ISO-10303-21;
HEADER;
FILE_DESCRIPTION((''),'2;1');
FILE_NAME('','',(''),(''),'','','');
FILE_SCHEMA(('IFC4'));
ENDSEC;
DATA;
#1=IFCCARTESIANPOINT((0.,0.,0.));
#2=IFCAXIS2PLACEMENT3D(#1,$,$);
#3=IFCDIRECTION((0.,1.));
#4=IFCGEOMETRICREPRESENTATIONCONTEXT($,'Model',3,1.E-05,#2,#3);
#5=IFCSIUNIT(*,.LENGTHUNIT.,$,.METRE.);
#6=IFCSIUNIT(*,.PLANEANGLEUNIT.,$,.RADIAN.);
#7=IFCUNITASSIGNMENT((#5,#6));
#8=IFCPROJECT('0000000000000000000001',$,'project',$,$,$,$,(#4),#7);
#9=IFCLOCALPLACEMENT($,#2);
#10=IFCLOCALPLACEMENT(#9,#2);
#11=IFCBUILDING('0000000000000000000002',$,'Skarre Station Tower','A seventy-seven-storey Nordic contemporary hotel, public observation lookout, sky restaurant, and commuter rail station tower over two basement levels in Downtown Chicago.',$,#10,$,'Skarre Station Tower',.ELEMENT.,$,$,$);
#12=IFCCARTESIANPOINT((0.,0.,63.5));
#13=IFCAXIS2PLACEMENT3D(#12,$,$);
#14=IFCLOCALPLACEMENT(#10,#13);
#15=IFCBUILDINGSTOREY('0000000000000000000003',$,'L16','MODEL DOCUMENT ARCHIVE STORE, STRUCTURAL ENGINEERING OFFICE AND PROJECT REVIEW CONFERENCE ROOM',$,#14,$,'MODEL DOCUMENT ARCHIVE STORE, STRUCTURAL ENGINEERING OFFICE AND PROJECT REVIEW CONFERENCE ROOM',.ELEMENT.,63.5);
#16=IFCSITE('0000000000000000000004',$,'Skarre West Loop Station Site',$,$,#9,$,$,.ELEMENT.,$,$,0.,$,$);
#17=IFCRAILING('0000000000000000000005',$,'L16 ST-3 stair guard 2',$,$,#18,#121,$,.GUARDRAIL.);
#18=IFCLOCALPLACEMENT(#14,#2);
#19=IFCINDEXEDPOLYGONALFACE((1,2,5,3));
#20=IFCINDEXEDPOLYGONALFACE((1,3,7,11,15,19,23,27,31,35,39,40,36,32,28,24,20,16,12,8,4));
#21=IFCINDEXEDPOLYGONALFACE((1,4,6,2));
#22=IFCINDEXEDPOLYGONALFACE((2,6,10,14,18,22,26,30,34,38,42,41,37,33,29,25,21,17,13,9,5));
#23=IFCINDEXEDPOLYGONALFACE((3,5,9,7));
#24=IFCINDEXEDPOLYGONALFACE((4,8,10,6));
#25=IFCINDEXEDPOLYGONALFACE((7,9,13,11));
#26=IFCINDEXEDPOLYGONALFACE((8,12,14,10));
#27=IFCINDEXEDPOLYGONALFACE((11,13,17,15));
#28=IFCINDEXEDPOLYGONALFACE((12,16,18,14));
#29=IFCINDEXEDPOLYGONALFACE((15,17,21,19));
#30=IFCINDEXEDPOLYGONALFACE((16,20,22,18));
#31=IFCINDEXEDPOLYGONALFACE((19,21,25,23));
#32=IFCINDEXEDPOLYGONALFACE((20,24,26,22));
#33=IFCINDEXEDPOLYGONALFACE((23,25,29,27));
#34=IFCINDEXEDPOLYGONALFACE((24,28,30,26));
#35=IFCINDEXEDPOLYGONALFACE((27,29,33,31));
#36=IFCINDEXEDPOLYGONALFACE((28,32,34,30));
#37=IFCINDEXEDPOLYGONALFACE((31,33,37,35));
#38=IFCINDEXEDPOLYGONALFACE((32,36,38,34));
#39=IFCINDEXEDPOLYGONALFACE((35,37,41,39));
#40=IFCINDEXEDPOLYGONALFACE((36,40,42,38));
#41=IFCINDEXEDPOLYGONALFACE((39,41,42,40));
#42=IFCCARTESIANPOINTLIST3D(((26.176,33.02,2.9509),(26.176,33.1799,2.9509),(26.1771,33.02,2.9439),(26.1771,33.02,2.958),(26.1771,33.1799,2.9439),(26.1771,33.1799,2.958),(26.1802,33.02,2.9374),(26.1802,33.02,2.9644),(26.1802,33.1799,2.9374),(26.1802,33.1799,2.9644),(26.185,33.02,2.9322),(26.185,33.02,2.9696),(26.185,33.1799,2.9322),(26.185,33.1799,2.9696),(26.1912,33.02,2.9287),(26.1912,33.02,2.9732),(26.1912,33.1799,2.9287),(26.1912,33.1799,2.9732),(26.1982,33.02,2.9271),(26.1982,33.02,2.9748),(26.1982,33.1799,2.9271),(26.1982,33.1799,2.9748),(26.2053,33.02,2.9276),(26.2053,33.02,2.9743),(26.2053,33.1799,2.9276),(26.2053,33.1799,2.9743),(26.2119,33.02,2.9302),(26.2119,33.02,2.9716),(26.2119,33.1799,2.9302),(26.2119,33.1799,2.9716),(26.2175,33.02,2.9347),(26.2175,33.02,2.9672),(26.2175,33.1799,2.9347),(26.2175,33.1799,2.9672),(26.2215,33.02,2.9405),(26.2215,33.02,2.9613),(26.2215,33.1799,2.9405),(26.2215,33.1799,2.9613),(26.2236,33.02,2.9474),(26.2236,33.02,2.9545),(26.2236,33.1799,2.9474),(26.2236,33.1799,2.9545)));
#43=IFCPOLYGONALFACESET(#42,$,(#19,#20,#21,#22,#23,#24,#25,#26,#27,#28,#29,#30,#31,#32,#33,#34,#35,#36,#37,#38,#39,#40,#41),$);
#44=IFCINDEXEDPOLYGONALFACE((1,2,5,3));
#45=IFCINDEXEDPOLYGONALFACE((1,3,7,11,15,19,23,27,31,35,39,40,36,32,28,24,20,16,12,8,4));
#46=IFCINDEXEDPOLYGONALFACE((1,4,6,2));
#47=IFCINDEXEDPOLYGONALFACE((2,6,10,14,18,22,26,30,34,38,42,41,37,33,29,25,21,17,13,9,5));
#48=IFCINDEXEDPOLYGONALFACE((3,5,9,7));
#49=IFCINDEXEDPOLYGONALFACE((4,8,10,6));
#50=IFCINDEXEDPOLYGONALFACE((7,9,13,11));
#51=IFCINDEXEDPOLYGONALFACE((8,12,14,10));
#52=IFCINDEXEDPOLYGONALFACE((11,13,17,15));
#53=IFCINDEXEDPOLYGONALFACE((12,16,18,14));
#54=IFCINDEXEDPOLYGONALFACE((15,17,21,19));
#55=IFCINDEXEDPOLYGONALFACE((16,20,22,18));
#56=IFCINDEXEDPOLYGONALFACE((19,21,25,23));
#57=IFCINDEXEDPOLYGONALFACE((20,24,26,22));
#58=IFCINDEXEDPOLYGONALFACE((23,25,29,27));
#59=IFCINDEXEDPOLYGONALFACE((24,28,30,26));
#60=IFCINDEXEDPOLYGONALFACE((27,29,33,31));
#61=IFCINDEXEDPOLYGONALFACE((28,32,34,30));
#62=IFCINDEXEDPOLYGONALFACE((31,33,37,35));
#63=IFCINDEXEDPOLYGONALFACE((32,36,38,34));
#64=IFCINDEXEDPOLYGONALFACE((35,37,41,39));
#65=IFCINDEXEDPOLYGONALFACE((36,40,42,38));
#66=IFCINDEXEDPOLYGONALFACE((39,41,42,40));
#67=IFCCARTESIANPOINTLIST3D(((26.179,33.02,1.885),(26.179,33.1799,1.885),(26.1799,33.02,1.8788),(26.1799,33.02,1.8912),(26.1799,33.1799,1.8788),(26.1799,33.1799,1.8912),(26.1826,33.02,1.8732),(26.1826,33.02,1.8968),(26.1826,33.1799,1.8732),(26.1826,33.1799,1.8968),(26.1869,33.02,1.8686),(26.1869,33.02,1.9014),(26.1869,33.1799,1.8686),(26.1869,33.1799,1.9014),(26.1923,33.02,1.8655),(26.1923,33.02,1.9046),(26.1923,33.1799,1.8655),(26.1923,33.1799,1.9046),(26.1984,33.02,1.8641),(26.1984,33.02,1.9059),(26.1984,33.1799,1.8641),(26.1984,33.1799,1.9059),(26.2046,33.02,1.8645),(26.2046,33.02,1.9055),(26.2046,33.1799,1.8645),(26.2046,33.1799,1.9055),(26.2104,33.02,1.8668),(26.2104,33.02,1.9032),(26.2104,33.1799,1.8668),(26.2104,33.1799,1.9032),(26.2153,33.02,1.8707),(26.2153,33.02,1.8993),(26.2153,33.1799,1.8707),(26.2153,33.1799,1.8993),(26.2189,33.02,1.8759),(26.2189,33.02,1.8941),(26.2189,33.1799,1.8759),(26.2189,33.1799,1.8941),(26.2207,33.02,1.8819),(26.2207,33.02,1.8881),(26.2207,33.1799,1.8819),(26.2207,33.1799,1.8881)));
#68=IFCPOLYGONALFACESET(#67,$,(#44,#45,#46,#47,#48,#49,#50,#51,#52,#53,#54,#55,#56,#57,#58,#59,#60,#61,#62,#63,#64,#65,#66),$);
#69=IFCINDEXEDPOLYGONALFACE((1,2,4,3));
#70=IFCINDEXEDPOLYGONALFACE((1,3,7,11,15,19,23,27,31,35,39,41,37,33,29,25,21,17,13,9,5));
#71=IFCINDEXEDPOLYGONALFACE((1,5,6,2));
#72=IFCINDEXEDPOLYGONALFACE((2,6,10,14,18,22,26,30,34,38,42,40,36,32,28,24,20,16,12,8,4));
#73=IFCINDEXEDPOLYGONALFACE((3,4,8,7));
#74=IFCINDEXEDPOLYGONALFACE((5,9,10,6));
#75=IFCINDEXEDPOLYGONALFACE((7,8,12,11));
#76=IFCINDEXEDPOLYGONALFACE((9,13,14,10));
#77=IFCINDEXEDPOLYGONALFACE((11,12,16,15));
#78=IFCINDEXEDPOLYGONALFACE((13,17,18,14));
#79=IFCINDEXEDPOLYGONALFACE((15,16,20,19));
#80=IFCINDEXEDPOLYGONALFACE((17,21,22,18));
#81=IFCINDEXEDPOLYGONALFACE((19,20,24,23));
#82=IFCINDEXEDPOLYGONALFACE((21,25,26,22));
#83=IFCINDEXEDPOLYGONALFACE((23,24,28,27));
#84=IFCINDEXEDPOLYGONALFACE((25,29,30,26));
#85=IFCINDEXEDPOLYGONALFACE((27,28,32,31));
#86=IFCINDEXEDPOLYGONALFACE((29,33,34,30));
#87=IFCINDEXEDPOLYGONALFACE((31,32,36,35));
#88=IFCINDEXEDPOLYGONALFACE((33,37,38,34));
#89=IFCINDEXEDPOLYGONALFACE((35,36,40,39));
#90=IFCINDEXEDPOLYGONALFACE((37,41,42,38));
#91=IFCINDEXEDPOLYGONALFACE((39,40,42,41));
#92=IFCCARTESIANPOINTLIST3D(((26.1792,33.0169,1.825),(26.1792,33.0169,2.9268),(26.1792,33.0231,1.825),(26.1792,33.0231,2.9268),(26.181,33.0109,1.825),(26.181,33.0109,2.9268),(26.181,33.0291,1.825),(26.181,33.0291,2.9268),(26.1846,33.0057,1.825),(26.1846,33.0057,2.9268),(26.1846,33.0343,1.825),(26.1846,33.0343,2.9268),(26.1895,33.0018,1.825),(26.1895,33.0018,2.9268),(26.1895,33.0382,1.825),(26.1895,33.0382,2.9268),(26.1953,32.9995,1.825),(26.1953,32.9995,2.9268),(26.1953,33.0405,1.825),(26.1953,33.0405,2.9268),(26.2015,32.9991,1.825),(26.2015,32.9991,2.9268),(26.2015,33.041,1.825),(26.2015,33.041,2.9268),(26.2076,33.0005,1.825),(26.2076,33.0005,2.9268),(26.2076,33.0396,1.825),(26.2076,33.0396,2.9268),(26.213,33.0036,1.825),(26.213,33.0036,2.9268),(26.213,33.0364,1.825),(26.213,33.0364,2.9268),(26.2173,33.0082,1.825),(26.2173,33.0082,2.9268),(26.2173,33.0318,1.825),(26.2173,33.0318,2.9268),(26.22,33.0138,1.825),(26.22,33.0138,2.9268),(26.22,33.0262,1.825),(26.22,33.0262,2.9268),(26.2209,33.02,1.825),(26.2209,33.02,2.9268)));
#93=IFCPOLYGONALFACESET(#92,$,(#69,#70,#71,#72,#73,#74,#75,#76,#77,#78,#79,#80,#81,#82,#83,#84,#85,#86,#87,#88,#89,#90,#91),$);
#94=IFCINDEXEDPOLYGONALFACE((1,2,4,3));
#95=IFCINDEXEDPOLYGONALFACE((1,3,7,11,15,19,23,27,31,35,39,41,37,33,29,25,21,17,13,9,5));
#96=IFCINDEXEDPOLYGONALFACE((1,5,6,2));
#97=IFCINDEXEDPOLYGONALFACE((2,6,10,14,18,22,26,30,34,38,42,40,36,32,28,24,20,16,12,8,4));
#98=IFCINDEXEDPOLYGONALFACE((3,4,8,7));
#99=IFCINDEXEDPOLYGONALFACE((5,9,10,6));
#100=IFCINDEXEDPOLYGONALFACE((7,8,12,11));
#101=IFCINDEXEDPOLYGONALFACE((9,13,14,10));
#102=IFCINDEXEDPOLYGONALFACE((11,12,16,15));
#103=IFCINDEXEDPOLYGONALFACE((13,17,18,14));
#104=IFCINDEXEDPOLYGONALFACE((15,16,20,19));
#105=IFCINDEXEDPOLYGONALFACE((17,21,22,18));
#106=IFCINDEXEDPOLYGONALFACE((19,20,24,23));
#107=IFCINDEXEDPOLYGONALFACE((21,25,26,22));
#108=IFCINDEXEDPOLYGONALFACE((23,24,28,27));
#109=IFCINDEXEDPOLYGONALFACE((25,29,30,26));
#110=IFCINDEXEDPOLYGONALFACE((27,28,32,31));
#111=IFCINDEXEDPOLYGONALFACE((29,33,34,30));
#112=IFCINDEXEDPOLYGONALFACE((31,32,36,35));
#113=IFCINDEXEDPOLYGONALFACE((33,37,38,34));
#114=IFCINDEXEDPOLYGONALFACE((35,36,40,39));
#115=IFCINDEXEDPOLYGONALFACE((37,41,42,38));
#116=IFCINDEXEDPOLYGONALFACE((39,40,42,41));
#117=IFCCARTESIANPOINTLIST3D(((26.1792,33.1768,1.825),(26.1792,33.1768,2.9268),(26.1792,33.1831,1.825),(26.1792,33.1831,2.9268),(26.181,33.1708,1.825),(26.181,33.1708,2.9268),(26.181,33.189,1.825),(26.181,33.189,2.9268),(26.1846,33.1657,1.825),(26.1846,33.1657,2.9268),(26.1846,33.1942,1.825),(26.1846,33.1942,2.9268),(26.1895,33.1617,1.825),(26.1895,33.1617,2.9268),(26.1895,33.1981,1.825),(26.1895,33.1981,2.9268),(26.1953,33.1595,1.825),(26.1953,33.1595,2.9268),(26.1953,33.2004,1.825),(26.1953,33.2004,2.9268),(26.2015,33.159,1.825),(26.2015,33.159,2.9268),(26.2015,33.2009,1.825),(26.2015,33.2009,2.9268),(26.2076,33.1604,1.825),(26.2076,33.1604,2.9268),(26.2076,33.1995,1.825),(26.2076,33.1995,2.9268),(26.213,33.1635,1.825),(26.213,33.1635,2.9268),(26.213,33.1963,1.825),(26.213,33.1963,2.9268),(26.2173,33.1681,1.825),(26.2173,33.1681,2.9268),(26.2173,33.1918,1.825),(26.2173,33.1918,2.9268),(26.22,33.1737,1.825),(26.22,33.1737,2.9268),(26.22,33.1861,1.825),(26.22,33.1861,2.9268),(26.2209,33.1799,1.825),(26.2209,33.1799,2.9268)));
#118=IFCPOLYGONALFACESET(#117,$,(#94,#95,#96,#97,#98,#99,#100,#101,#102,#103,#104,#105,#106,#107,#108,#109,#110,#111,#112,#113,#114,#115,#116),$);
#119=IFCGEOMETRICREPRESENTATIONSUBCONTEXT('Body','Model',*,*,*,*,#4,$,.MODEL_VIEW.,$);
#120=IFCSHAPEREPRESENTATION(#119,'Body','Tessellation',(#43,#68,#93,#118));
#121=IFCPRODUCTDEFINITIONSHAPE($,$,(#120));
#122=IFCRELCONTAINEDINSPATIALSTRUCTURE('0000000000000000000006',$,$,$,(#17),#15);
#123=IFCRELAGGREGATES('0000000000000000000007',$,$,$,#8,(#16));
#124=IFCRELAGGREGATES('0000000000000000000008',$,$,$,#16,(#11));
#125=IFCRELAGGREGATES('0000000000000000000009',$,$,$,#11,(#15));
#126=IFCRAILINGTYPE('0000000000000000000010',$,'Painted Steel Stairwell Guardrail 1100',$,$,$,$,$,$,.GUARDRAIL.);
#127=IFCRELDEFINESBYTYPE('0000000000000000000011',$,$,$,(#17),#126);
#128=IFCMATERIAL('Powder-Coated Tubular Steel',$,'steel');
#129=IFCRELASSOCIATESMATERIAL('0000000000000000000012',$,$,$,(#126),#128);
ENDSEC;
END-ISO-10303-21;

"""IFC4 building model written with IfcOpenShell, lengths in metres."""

from ifc_helpers import new_model, si_unit, direction, frame, origin, origin_2d, place, context, subcontext, project, spatial, circle, extrude, material, type_object, element, save


model = new_model("IFC4")

# Units and contexts
model_context = context("Model", 3, precision=1e-05, world=origin(), true_north=direction((0.0, 1.0)))
body_context = subcontext(model_context, "Body", "Model", "MODEL_VIEW")
ifc_project = project(units=[si_unit("LENGTHUNIT", "METRE"), si_unit("PLANEANGLEUNIT", "RADIAN")], contexts=[model_context])

# Site, building, storey
site_placement = place(None, origin())
site = spatial("IfcSite", under=ifc_project, at=site_placement, Name="Skarre West Loop Station Site", CompositionType="ELEMENT", RefElevation=0.0)
building_placement = place(site_placement, origin())
building = spatial("IfcBuilding", under=site, at=building_placement, Name="Skarre Station Tower", Description="A seventy-seven-storey Nordic contemporary hotel, public observation lookout, sky restaurant, and commuter rail station tower over two basement levels in Downtown Chicago.", LongName="Skarre Station Tower", CompositionType="ELEMENT")
storey_placement = place(building_placement, frame((0.0, 0.0, 63.5)))
storey = spatial("IfcBuildingStorey", under=building, at=storey_placement, Name="L16", Description="MODEL DOCUMENT ARCHIVE STORE, STRUCTURAL ENGINEERING OFFICE AND PROJECT REVIEW CONFERENCE ROOM", LongName="MODEL DOCUMENT ARCHIVE STORE, STRUCTURAL ENGINEERING OFFICE AND PROJECT REVIEW CONFERENCE ROOM", CompositionType="ELEMENT", Elevation=63.5)

# Railing
ifc_material_1 = material(Name="Powder-Coated Tubular Steel", Category="steel")
railing_type_1 = type_object("IfcRailingType", Name="Painted Steel Stairwell Guardrail 1100", PredefinedType="GUARDRAIL", material=ifc_material_1)
railing_1_placement = place(storey_placement, frame((26.2, 33.02, 1.825)))
element("IfcRailing", 1, at=railing_1_placement, inside=storey, type_object=railing_type_1, Name="L16 ST-3 stair guard 2", PredefinedType="GUARDRAIL", context=body_context, shape_type="SweptSolid", body=[
    extrude(circle(Radius=0.0239, at=origin_2d()), frame((0.0, 0.0, 1.126), z_axis=(0.0, 1.0, 0.0), x_axis=(-1.0, 0.0, 0.0)), (0.0, 0.0, 1.0), 0.1599),
    extrude(circle(Radius=0.021, at=origin_2d()), frame((0.0, 0.0, 0.0601), z_axis=(0.0, 1.0, 0.0), x_axis=(-1.0, 0.0, 0.0)), (0.0, 0.0, 1.0), 0.1599),
    extrude(circle(Radius=0.021, at=origin_2d()), origin(), (0.0, 0.0, 1.0), 1.1018),
    extrude(circle(Radius=0.021, at=origin_2d()), frame((0.0, 0.1599, 0.0)), (0.0, 0.0, 1.0), 1.1018),
])

save(model, "model.ifc")
